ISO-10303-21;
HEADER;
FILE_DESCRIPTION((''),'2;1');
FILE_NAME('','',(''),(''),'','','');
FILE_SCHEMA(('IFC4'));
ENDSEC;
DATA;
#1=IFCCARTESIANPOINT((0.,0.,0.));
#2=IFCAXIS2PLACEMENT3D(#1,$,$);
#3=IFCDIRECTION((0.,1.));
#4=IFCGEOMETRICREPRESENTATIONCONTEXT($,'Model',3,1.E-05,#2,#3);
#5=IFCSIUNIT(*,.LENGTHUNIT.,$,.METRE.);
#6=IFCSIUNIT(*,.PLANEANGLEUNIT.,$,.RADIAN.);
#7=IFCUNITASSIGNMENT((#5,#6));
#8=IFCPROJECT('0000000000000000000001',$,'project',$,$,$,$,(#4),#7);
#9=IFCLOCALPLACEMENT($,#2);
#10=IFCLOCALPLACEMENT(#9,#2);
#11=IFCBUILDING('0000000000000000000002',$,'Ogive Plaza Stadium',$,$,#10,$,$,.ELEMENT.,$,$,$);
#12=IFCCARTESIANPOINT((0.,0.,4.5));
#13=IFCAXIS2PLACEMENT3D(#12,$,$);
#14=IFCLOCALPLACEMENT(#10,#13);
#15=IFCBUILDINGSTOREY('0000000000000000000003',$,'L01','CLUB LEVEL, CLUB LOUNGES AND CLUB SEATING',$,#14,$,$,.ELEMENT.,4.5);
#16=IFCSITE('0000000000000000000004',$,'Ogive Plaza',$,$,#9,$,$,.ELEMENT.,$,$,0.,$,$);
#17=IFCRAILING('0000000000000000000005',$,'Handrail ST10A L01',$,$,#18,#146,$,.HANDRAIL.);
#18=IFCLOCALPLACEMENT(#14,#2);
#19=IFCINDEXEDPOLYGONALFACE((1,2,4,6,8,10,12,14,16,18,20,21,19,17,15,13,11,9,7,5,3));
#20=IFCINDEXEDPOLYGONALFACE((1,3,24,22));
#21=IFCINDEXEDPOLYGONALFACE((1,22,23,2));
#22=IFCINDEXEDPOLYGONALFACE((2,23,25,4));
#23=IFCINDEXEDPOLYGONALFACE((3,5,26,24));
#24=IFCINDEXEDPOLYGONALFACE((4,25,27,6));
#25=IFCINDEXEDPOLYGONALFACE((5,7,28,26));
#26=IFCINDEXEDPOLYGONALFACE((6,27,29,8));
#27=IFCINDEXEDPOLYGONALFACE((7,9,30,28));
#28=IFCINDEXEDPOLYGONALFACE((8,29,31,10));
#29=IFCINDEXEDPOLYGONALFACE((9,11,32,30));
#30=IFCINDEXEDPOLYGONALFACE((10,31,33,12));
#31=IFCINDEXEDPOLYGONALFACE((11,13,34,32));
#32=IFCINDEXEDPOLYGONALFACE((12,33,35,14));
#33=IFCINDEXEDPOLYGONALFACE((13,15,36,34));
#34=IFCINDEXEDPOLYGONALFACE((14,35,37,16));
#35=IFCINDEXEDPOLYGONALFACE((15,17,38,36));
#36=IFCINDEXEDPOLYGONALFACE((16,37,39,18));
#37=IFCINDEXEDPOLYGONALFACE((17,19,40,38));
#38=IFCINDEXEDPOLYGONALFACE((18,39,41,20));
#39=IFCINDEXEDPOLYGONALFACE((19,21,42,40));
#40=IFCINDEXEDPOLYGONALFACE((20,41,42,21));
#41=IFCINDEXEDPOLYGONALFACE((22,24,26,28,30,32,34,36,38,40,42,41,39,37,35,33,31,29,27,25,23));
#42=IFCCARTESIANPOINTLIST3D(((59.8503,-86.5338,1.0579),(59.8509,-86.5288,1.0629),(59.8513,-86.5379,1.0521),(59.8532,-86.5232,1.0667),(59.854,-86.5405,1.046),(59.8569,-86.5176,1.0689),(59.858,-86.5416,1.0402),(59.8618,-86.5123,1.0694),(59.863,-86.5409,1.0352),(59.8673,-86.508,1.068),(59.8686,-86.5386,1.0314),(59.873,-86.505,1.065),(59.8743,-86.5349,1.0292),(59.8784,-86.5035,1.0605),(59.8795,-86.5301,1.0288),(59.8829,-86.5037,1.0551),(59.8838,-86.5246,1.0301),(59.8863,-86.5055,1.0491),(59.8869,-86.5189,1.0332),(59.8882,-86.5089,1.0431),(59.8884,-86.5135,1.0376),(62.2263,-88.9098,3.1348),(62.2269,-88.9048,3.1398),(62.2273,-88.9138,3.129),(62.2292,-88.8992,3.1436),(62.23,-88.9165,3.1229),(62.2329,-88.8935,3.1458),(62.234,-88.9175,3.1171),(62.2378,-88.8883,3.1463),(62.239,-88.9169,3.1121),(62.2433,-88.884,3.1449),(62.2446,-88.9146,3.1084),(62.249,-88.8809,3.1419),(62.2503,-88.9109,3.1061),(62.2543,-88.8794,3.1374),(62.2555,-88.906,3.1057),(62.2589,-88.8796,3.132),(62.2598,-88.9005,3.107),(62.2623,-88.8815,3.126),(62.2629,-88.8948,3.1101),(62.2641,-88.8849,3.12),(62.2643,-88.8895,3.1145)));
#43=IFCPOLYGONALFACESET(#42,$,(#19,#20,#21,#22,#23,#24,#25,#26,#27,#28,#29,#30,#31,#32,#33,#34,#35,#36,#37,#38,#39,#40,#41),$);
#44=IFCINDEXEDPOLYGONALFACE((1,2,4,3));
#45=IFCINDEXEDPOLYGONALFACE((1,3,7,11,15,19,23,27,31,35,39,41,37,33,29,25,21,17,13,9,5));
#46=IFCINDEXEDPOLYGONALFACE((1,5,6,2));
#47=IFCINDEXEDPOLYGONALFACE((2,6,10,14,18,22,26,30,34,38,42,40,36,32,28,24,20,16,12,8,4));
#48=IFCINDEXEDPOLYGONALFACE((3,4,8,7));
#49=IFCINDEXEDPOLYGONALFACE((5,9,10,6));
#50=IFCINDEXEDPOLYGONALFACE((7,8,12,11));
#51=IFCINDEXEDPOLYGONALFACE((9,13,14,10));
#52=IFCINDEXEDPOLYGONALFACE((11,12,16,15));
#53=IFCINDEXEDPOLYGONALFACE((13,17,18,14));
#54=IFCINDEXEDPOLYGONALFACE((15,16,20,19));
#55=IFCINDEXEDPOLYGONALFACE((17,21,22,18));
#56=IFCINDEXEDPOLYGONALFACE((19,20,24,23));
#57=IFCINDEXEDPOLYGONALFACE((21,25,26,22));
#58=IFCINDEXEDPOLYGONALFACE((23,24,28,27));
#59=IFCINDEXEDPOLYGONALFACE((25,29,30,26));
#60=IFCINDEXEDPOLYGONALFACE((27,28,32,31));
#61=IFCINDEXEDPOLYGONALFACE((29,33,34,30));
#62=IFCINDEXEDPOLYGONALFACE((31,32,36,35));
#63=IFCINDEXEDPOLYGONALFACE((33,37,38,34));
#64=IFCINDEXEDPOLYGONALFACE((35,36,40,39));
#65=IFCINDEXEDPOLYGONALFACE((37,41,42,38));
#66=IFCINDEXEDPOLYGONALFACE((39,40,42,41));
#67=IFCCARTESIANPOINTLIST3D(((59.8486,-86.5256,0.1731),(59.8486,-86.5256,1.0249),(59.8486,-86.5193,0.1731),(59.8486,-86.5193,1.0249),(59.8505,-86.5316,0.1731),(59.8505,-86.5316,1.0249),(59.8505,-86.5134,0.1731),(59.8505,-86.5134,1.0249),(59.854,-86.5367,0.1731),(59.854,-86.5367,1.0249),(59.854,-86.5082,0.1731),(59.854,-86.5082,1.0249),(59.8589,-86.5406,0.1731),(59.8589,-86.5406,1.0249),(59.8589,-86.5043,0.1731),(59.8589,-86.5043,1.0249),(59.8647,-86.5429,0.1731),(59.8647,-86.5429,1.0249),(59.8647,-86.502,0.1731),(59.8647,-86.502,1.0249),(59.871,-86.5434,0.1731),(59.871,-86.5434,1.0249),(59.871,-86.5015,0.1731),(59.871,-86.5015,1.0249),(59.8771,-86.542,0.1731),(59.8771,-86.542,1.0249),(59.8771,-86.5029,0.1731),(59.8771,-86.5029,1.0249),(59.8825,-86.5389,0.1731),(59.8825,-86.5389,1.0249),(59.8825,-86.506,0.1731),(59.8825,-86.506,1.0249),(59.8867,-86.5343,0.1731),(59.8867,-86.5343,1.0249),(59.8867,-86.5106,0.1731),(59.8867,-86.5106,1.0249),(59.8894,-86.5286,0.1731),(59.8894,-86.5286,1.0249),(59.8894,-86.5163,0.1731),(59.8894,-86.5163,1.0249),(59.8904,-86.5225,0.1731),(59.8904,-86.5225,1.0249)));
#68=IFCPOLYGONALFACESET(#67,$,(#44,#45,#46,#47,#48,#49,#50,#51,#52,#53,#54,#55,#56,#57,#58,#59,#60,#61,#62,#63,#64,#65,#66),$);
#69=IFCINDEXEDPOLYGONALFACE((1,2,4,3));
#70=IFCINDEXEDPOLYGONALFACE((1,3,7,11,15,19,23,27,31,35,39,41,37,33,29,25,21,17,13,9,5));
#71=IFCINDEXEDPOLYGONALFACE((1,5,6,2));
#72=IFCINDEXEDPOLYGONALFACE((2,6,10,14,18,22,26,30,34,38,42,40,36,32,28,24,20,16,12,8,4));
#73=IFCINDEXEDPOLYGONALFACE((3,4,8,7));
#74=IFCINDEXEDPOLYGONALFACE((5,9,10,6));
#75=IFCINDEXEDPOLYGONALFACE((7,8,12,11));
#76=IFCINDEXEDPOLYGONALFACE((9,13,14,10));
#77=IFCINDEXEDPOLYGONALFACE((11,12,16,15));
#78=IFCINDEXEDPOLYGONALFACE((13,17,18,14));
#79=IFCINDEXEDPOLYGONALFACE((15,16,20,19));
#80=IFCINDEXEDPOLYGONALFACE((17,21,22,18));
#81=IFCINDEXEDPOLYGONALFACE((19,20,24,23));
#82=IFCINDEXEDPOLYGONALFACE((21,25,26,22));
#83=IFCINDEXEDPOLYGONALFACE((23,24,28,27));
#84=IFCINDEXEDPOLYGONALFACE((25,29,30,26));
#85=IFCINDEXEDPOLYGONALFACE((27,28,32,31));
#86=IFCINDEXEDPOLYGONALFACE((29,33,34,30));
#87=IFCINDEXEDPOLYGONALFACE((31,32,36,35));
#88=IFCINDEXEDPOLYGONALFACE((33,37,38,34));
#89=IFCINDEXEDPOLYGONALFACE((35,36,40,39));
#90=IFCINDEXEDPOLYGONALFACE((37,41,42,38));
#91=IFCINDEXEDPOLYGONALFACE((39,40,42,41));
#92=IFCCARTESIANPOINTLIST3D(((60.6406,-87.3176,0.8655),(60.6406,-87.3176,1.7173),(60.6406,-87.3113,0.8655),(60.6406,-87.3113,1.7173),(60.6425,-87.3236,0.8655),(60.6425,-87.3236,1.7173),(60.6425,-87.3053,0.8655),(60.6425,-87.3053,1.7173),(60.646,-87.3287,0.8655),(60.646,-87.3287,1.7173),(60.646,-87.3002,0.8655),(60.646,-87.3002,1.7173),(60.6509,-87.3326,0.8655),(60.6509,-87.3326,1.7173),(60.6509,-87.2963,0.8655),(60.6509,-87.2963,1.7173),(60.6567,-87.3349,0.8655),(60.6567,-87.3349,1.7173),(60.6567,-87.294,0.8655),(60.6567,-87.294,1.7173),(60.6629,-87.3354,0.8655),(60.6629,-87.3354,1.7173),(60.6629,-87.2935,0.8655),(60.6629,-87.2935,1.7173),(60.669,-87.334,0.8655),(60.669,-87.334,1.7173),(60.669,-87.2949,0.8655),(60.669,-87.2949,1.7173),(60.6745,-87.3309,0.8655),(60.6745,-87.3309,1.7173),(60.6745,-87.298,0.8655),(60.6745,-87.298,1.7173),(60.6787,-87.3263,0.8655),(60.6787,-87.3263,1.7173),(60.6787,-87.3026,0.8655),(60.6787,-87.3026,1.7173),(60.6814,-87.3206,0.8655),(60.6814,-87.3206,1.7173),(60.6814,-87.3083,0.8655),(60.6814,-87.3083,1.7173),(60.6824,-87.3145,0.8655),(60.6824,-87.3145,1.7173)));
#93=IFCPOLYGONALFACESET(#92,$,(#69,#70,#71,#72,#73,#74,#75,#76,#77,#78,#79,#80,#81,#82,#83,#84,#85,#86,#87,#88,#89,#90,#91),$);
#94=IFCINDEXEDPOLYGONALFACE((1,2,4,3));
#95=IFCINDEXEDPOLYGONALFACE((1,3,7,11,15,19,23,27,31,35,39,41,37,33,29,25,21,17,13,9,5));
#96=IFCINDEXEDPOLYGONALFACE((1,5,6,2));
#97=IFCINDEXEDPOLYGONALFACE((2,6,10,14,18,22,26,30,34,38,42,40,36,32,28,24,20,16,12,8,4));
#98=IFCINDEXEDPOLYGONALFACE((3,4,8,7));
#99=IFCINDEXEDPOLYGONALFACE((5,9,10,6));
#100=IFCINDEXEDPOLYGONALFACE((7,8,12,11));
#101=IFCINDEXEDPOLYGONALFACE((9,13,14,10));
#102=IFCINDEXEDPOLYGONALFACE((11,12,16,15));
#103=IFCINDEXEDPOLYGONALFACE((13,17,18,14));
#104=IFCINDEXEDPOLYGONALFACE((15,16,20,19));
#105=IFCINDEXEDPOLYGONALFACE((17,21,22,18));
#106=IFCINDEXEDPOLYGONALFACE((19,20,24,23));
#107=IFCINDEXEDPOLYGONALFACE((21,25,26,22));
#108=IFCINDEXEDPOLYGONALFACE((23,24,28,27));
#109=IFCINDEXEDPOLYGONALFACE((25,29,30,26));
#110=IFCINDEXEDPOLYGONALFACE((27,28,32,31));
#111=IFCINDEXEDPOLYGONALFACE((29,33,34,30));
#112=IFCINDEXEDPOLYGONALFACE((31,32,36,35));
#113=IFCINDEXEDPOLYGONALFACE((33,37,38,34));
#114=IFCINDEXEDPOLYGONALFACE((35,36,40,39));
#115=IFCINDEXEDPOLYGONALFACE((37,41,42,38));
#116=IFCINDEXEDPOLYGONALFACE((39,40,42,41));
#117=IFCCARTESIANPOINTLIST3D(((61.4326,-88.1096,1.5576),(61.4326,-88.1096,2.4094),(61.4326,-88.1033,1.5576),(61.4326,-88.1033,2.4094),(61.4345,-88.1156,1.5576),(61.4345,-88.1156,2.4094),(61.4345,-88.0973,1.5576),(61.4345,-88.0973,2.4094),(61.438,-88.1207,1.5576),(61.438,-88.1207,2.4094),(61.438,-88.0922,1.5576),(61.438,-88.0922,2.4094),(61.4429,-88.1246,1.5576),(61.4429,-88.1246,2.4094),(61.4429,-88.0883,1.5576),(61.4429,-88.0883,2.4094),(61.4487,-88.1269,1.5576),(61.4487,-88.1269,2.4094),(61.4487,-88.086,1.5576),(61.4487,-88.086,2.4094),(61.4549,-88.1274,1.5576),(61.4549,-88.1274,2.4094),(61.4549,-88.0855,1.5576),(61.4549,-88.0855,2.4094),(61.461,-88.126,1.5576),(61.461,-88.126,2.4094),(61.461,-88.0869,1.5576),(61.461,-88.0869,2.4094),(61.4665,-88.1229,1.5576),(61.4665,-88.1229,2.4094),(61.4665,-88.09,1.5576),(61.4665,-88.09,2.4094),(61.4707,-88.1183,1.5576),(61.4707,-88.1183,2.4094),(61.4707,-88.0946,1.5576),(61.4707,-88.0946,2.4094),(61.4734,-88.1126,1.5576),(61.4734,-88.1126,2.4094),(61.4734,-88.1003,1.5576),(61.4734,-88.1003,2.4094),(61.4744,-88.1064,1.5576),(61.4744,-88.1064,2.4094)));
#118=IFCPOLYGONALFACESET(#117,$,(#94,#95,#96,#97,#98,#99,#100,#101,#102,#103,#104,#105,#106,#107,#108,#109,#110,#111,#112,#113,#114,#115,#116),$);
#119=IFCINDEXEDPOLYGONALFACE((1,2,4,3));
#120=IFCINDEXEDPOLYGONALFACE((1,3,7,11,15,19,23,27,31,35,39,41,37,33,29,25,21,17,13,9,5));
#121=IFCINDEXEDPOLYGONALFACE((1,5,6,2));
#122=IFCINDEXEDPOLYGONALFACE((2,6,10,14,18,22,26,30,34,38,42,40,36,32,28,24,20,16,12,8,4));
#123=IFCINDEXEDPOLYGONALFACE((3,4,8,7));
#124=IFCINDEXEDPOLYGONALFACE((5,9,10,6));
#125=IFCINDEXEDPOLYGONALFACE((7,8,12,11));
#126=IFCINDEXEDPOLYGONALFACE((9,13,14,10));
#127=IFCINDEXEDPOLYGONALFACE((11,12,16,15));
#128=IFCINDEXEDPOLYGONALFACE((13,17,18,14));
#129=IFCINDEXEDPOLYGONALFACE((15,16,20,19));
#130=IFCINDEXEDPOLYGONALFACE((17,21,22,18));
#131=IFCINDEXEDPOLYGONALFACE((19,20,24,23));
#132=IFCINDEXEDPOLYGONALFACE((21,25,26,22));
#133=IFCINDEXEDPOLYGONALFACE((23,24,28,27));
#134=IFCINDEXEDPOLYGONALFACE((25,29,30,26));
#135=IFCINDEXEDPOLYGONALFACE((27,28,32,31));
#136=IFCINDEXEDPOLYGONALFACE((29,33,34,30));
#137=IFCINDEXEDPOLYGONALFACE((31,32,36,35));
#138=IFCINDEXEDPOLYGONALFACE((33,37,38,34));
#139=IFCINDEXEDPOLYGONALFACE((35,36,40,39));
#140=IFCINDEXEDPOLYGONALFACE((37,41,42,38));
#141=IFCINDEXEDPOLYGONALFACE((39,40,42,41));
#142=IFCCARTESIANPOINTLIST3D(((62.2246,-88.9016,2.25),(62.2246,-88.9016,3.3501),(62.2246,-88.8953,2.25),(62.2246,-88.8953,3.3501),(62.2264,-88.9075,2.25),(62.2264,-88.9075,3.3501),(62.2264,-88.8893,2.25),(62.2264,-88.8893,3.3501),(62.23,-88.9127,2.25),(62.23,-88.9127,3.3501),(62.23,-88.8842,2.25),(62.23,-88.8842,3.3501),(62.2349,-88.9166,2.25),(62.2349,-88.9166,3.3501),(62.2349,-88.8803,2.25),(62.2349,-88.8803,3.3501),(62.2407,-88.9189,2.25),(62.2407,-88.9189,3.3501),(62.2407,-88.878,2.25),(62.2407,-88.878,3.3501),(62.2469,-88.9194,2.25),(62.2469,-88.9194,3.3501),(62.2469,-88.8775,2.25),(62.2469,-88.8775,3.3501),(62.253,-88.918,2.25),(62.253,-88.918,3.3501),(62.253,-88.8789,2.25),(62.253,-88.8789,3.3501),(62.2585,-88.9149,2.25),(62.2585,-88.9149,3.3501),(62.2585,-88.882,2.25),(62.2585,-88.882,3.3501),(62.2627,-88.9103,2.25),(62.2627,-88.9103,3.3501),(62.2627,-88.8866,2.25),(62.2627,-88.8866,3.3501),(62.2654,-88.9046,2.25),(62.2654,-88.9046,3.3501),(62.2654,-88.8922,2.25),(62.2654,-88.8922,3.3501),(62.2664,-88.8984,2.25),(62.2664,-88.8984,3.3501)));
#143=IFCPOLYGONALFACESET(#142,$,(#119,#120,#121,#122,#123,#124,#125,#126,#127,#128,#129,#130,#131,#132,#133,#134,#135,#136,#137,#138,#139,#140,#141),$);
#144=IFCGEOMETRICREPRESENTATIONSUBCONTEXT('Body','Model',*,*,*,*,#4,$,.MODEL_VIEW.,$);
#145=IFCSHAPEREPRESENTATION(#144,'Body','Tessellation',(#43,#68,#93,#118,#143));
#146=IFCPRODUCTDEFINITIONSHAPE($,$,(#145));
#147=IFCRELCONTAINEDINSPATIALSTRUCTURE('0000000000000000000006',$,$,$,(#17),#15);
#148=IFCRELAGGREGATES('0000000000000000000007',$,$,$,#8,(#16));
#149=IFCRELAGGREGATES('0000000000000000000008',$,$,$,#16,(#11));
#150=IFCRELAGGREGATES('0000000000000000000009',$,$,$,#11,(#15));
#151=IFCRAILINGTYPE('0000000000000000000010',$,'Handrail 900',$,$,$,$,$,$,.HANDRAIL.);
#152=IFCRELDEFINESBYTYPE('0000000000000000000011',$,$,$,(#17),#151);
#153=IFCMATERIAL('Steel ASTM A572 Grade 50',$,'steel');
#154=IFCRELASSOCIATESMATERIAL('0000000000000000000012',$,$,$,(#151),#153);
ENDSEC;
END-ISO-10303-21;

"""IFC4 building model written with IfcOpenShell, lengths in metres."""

from ifc_helpers import new_model, si_unit, direction, frame, origin, origin_2d, place, context, subcontext, project, spatial, circle, extrude, material, type_object, element, save


model = new_model("IFC4")

# Units and contexts
model_context = context("Model", 3, precision=1e-05, world=origin(), true_north=direction((0.0, 1.0)))
body_context = subcontext(model_context, "Body", "Model", "MODEL_VIEW")
ifc_project = project(units=[si_unit("LENGTHUNIT", "METRE"), si_unit("PLANEANGLEUNIT", "RADIAN")], contexts=[model_context])

# Site, building, storey
site_placement = place(None, origin())
site = spatial("IfcSite", under=ifc_project, at=site_placement, Name="Ogive Plaza", CompositionType="ELEMENT", RefElevation=0.0)
building_placement = place(site_placement, origin())
building = spatial("IfcBuilding", under=site, at=building_placement, Name="Ogive Plaza Stadium", CompositionType="ELEMENT")
storey_placement = place(building_placement, frame((0.0, 0.0, 4.5)))
storey = spatial("IfcBuildingStorey", under=building, at=storey_placement, Name="L01", Description="CLUB LEVEL, CLUB LOUNGES AND CLUB SEATING", CompositionType="ELEMENT", Elevation=4.5)

# Railing
ifc_material_1 = material(Name="Steel ASTM A572 Grade 50", Category="steel")
railing_type_1 = type_object("IfcRailingType", Name="Handrail 900", PredefinedType="HANDRAIL", material=ifc_material_1)
railing_1_placement = place(storey_placement, frame((59.8694, -86.5225, 0.1731)))
element("IfcRailing", 1, at=railing_1_placement, inside=storey, type_object=railing_type_1, Name="Handrail ST10A L01", PredefinedType="HANDRAIL", context=body_context, shape_type="SweptSolid", body=[
    extrude(circle(Radius=0.0239, at=origin_2d()), frame((0.0, 0.0, 0.876), z_axis=(0.601483, -0.601483, 0.525772), x_axis=(0.707107, 0.707107, 0.0)), (0.0, 0.0, 1.0), 3.9502),
    extrude(circle(Radius=0.021, at=origin_2d()), origin(), (0.0, 0.0, 1.0), 0.8518),
    extrude(circle(Radius=0.021, at=origin_2d()), frame((0.792, -0.792, 0.6924)), (0.0, 0.0, 1.0), 0.8518),
    extrude(circle(Radius=0.021, at=origin_2d()), frame((1.584, -1.584, 1.3845)), (0.0, 0.0, 1.0), 0.8518),
    extrude(circle(Radius=0.021, at=origin_2d()), frame((2.376, -2.376, 2.0769)), (0.0, 0.0, 1.0), 1.1001),
])

save(model, "model.ifc")
